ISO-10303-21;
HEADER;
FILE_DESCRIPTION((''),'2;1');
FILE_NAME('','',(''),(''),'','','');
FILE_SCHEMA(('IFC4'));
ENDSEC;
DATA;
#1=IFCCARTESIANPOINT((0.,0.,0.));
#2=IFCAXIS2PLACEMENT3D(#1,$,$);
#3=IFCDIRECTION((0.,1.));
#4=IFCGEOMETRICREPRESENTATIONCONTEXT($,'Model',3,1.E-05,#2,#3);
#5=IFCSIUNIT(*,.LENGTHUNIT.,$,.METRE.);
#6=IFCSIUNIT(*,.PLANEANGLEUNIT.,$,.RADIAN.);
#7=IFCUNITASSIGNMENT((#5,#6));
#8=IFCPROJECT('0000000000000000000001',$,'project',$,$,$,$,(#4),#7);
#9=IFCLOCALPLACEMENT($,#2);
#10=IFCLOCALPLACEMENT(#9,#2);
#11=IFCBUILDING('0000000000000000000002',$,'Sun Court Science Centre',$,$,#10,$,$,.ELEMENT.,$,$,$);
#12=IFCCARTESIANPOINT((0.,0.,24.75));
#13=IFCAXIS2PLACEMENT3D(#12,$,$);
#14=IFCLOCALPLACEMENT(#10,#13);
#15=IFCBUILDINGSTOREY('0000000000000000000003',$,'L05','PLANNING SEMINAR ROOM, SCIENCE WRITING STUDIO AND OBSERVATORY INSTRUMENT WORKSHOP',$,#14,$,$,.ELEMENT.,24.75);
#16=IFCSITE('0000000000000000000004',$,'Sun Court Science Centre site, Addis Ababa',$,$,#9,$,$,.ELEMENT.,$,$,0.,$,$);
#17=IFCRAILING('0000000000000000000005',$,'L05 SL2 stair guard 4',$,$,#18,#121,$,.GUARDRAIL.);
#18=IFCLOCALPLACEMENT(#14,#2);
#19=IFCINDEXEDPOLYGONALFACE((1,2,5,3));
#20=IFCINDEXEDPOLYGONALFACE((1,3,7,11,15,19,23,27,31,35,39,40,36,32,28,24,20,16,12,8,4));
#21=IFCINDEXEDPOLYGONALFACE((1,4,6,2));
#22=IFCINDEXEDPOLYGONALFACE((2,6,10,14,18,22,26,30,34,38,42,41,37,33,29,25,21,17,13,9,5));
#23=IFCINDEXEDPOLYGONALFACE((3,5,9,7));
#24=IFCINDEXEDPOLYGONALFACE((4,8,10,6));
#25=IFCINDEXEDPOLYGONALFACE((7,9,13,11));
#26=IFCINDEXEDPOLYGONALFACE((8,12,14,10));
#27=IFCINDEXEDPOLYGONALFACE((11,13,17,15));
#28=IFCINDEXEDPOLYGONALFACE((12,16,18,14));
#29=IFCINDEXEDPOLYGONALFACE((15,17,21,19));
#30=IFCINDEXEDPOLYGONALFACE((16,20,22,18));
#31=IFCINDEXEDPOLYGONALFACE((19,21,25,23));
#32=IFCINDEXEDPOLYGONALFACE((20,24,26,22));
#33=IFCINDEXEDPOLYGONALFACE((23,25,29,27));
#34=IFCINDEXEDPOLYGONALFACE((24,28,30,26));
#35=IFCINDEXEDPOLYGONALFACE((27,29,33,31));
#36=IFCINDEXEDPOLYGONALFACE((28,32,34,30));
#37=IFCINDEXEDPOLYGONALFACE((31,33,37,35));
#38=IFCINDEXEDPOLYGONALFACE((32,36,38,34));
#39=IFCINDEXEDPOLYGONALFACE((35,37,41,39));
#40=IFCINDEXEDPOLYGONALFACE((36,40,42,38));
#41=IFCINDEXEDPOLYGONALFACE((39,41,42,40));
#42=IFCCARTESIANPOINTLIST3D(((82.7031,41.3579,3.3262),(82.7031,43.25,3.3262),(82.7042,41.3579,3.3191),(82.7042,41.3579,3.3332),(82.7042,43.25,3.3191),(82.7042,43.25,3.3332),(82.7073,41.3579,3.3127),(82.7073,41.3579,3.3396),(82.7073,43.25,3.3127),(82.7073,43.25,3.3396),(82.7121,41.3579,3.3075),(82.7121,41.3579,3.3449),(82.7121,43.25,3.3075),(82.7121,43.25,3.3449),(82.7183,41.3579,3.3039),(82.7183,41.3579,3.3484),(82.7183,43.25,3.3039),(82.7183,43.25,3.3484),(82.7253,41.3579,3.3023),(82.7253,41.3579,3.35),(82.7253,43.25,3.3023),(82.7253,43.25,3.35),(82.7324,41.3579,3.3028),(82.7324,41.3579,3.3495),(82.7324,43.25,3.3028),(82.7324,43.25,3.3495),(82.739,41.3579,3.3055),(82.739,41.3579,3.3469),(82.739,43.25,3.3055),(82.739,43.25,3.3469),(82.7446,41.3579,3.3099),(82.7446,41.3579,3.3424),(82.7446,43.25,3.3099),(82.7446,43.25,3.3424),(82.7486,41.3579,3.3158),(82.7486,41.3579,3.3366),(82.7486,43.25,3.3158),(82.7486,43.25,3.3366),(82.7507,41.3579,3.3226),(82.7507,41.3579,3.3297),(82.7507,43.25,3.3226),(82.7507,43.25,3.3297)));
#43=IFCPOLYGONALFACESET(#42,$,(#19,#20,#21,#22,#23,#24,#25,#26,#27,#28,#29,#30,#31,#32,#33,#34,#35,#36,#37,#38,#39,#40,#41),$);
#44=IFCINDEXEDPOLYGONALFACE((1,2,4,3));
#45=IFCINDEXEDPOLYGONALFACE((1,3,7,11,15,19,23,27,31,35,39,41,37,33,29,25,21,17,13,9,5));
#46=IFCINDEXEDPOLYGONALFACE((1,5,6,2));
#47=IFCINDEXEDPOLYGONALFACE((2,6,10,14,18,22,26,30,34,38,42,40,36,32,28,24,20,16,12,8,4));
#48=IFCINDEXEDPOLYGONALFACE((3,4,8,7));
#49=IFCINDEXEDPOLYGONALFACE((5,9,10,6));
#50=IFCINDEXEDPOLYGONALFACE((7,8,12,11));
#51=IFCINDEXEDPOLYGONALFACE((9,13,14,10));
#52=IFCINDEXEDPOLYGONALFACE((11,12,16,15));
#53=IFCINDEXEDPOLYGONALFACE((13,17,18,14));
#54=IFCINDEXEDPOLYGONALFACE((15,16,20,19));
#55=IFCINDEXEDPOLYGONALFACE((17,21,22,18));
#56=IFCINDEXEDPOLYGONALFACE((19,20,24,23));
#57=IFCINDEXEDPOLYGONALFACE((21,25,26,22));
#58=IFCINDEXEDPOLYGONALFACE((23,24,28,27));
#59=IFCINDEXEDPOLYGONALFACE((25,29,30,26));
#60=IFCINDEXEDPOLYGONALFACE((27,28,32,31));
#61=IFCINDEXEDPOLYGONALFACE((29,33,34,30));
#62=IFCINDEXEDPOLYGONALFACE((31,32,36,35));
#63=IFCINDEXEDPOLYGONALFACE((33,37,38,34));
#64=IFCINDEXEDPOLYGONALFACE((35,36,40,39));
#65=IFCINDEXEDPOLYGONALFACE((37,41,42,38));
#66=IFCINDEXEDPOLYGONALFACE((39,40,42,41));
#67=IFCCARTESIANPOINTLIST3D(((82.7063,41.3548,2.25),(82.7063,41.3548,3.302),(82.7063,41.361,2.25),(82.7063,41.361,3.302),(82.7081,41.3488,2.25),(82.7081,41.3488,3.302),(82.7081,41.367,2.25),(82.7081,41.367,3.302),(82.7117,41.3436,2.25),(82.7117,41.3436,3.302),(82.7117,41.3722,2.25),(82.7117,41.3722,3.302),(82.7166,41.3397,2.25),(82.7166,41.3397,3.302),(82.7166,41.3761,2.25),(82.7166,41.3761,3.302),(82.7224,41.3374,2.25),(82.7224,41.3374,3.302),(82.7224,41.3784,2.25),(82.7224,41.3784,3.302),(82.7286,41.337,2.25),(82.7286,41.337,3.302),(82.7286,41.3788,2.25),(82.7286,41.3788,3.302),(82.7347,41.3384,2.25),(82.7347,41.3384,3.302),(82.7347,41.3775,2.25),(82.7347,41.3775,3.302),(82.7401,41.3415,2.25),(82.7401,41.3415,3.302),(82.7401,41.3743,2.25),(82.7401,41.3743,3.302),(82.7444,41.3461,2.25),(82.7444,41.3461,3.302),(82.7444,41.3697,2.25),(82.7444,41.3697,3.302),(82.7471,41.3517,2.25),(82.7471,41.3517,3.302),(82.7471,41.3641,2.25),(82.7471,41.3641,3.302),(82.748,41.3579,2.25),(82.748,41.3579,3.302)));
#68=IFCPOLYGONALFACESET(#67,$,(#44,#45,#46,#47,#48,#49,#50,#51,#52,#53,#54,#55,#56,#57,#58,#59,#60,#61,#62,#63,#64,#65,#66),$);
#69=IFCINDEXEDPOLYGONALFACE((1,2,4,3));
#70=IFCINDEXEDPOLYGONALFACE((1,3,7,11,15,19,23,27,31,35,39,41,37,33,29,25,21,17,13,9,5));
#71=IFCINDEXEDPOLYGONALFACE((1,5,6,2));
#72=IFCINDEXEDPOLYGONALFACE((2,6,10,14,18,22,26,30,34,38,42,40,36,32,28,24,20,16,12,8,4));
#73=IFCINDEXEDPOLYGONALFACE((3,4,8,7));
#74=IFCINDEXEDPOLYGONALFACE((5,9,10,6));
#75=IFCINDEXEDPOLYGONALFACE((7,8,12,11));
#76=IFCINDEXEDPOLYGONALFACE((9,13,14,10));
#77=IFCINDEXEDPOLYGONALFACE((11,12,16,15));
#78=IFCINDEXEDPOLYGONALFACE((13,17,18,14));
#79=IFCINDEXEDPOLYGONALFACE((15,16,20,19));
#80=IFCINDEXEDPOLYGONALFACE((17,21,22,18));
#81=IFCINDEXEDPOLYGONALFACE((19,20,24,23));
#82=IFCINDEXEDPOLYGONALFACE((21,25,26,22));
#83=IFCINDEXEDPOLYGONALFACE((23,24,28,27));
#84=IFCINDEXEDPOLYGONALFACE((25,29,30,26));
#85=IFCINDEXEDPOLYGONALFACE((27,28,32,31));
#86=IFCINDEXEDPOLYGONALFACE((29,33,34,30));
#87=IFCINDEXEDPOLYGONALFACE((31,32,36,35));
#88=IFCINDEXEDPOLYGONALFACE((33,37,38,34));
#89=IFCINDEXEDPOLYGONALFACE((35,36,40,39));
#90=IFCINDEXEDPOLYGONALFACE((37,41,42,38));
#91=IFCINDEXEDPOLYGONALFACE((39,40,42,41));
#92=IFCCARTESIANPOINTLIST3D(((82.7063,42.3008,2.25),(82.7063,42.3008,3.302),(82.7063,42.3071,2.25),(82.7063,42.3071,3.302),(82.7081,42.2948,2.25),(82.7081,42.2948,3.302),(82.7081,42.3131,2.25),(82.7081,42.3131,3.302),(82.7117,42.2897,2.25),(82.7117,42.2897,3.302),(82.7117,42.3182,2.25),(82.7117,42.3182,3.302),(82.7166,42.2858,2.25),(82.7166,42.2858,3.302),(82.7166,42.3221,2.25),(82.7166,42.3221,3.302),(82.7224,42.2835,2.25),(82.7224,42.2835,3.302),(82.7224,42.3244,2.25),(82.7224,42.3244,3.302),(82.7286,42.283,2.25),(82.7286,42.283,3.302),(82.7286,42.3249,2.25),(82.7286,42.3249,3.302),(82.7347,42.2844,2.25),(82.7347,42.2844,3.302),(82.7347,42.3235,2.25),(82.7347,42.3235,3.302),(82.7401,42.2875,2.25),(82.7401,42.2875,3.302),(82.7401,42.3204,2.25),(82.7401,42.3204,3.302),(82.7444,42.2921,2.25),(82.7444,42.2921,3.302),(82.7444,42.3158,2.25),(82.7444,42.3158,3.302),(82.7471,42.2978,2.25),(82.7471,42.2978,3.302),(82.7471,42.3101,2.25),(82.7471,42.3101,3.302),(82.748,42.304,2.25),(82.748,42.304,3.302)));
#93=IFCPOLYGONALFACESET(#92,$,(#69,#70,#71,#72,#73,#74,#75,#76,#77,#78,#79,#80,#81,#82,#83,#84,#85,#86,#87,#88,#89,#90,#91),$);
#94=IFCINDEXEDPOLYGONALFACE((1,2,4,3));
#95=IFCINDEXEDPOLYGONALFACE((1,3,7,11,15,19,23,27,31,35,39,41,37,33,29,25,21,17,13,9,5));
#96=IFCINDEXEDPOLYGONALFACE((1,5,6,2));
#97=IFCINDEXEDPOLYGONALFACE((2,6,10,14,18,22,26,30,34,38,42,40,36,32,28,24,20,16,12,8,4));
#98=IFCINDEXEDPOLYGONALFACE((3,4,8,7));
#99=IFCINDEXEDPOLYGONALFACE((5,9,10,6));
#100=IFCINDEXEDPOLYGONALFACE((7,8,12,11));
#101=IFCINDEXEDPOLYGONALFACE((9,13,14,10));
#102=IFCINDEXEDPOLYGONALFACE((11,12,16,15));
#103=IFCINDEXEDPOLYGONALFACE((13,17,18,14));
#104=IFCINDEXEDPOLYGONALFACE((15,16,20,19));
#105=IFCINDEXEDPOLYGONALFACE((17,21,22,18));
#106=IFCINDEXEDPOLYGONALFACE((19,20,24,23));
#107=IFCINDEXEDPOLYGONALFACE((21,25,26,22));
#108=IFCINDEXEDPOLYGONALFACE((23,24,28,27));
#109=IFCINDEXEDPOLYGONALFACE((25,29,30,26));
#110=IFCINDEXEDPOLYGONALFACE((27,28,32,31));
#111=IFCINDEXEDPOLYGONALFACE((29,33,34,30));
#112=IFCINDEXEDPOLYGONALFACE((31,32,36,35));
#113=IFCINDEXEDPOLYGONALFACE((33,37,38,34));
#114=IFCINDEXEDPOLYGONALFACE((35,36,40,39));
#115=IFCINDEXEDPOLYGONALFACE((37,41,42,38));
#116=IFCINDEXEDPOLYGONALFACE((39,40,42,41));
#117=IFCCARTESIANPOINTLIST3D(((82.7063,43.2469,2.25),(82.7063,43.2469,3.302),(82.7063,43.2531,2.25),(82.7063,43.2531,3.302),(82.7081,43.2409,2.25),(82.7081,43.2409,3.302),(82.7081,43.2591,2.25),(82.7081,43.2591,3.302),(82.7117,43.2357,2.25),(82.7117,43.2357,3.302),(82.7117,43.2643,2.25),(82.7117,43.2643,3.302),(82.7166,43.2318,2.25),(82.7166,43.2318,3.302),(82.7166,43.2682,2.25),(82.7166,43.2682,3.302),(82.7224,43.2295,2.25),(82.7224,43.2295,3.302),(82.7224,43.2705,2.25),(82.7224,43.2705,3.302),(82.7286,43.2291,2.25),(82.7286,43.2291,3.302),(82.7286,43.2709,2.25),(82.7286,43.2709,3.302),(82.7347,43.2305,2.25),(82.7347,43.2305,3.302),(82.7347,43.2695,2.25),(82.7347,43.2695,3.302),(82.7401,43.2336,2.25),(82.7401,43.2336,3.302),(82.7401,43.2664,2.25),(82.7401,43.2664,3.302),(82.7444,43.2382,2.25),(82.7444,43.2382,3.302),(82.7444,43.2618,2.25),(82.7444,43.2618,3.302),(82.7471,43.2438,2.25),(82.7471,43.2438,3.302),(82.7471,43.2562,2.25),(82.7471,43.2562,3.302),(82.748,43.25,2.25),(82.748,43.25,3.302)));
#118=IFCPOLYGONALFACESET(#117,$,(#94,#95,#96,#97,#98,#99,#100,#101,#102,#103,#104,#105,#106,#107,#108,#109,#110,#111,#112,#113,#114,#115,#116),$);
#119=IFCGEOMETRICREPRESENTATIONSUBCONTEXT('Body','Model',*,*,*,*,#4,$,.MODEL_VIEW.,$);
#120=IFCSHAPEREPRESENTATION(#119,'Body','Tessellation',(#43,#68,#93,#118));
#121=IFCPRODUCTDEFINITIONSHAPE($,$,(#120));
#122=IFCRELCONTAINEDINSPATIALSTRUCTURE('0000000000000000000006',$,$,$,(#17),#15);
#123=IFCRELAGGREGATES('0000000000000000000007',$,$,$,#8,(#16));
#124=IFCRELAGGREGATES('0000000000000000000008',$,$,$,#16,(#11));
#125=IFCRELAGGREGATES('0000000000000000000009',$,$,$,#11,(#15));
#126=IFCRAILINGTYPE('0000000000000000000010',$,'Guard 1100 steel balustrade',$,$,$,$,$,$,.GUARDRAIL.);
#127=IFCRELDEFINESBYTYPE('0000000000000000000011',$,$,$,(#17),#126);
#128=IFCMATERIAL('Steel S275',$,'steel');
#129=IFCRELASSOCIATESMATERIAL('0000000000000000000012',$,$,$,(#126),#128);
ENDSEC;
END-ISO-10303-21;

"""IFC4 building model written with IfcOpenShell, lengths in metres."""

from ifc_helpers import new_model, si_unit, direction, frame, origin, origin_2d, place, context, subcontext, project, spatial, circle, extrude, material, type_object, element, save


model = new_model("IFC4")

# Units and contexts
model_context = context("Model", 3, precision=1e-05, world=origin(), true_north=direction((0.0, 1.0)))
body_context = subcontext(model_context, "Body", "Model", "MODEL_VIEW")
ifc_project = project(units=[si_unit("LENGTHUNIT", "METRE"), si_unit("PLANEANGLEUNIT", "RADIAN")], contexts=[model_context])

# Site, building, storey
site_placement = place(None, origin())
site = spatial("IfcSite", under=ifc_project, at=site_placement, Name="Sun Court Science Centre site, Addis Ababa", CompositionType="ELEMENT", RefElevation=0.0)
building_placement = place(site_placement, origin())
building = spatial("IfcBuilding", under=site, at=building_placement, Name="Sun Court Science Centre", CompositionType="ELEMENT")
storey_placement = place(building_placement, frame((0.0, 0.0, 24.75)))
storey = spatial("IfcBuildingStorey", under=building, at=storey_placement, Name="L05", Description="PLANNING SEMINAR ROOM, SCIENCE WRITING STUDIO AND OBSERVATORY INSTRUMENT WORKSHOP", CompositionType="ELEMENT", Elevation=24.75)

# Railing
ifc_material_1 = material(Name="Steel S275", Category="steel")
railing_type_1 = type_object("IfcRailingType", Name="Guard 1100 steel balustrade", PredefinedType="GUARDRAIL", material=ifc_material_1)
for number, where, name in (
    (1, (82.7271, 41.3579, 2.25), "L05 SL2 stair guard 4"),
):
    element("IfcRailing", number, at=place(storey_placement, frame(where)), inside=storey, type_object=railing_type_1, Name=name, PredefinedType="GUARDRAIL", context=body_context, shape_type="SweptSolid", body=[
        extrude(circle(Radius=0.0239, at=origin_2d()), frame((0.0, 0.0, 1.0762), z_axis=(0.0, 1.0, 0.0), x_axis=(-1.0, 0.0, 0.0)), (0.0, 0.0, 1.0), 1.8921),
        extrude(circle(Radius=0.021, at=origin_2d()), origin(), (0.0, 0.0, 1.0), 1.052),
        extrude(circle(Radius=0.021, at=origin_2d()), frame((0.0, 0.946, 0.0)), (0.0, 0.0, 1.0), 1.052),
        extrude(circle(Radius=0.021, at=origin_2d()), frame((0.0, 1.8921, 0.0)), (0.0, 0.0, 1.0), 1.052),
    ])

save(model, "model.ifc")
